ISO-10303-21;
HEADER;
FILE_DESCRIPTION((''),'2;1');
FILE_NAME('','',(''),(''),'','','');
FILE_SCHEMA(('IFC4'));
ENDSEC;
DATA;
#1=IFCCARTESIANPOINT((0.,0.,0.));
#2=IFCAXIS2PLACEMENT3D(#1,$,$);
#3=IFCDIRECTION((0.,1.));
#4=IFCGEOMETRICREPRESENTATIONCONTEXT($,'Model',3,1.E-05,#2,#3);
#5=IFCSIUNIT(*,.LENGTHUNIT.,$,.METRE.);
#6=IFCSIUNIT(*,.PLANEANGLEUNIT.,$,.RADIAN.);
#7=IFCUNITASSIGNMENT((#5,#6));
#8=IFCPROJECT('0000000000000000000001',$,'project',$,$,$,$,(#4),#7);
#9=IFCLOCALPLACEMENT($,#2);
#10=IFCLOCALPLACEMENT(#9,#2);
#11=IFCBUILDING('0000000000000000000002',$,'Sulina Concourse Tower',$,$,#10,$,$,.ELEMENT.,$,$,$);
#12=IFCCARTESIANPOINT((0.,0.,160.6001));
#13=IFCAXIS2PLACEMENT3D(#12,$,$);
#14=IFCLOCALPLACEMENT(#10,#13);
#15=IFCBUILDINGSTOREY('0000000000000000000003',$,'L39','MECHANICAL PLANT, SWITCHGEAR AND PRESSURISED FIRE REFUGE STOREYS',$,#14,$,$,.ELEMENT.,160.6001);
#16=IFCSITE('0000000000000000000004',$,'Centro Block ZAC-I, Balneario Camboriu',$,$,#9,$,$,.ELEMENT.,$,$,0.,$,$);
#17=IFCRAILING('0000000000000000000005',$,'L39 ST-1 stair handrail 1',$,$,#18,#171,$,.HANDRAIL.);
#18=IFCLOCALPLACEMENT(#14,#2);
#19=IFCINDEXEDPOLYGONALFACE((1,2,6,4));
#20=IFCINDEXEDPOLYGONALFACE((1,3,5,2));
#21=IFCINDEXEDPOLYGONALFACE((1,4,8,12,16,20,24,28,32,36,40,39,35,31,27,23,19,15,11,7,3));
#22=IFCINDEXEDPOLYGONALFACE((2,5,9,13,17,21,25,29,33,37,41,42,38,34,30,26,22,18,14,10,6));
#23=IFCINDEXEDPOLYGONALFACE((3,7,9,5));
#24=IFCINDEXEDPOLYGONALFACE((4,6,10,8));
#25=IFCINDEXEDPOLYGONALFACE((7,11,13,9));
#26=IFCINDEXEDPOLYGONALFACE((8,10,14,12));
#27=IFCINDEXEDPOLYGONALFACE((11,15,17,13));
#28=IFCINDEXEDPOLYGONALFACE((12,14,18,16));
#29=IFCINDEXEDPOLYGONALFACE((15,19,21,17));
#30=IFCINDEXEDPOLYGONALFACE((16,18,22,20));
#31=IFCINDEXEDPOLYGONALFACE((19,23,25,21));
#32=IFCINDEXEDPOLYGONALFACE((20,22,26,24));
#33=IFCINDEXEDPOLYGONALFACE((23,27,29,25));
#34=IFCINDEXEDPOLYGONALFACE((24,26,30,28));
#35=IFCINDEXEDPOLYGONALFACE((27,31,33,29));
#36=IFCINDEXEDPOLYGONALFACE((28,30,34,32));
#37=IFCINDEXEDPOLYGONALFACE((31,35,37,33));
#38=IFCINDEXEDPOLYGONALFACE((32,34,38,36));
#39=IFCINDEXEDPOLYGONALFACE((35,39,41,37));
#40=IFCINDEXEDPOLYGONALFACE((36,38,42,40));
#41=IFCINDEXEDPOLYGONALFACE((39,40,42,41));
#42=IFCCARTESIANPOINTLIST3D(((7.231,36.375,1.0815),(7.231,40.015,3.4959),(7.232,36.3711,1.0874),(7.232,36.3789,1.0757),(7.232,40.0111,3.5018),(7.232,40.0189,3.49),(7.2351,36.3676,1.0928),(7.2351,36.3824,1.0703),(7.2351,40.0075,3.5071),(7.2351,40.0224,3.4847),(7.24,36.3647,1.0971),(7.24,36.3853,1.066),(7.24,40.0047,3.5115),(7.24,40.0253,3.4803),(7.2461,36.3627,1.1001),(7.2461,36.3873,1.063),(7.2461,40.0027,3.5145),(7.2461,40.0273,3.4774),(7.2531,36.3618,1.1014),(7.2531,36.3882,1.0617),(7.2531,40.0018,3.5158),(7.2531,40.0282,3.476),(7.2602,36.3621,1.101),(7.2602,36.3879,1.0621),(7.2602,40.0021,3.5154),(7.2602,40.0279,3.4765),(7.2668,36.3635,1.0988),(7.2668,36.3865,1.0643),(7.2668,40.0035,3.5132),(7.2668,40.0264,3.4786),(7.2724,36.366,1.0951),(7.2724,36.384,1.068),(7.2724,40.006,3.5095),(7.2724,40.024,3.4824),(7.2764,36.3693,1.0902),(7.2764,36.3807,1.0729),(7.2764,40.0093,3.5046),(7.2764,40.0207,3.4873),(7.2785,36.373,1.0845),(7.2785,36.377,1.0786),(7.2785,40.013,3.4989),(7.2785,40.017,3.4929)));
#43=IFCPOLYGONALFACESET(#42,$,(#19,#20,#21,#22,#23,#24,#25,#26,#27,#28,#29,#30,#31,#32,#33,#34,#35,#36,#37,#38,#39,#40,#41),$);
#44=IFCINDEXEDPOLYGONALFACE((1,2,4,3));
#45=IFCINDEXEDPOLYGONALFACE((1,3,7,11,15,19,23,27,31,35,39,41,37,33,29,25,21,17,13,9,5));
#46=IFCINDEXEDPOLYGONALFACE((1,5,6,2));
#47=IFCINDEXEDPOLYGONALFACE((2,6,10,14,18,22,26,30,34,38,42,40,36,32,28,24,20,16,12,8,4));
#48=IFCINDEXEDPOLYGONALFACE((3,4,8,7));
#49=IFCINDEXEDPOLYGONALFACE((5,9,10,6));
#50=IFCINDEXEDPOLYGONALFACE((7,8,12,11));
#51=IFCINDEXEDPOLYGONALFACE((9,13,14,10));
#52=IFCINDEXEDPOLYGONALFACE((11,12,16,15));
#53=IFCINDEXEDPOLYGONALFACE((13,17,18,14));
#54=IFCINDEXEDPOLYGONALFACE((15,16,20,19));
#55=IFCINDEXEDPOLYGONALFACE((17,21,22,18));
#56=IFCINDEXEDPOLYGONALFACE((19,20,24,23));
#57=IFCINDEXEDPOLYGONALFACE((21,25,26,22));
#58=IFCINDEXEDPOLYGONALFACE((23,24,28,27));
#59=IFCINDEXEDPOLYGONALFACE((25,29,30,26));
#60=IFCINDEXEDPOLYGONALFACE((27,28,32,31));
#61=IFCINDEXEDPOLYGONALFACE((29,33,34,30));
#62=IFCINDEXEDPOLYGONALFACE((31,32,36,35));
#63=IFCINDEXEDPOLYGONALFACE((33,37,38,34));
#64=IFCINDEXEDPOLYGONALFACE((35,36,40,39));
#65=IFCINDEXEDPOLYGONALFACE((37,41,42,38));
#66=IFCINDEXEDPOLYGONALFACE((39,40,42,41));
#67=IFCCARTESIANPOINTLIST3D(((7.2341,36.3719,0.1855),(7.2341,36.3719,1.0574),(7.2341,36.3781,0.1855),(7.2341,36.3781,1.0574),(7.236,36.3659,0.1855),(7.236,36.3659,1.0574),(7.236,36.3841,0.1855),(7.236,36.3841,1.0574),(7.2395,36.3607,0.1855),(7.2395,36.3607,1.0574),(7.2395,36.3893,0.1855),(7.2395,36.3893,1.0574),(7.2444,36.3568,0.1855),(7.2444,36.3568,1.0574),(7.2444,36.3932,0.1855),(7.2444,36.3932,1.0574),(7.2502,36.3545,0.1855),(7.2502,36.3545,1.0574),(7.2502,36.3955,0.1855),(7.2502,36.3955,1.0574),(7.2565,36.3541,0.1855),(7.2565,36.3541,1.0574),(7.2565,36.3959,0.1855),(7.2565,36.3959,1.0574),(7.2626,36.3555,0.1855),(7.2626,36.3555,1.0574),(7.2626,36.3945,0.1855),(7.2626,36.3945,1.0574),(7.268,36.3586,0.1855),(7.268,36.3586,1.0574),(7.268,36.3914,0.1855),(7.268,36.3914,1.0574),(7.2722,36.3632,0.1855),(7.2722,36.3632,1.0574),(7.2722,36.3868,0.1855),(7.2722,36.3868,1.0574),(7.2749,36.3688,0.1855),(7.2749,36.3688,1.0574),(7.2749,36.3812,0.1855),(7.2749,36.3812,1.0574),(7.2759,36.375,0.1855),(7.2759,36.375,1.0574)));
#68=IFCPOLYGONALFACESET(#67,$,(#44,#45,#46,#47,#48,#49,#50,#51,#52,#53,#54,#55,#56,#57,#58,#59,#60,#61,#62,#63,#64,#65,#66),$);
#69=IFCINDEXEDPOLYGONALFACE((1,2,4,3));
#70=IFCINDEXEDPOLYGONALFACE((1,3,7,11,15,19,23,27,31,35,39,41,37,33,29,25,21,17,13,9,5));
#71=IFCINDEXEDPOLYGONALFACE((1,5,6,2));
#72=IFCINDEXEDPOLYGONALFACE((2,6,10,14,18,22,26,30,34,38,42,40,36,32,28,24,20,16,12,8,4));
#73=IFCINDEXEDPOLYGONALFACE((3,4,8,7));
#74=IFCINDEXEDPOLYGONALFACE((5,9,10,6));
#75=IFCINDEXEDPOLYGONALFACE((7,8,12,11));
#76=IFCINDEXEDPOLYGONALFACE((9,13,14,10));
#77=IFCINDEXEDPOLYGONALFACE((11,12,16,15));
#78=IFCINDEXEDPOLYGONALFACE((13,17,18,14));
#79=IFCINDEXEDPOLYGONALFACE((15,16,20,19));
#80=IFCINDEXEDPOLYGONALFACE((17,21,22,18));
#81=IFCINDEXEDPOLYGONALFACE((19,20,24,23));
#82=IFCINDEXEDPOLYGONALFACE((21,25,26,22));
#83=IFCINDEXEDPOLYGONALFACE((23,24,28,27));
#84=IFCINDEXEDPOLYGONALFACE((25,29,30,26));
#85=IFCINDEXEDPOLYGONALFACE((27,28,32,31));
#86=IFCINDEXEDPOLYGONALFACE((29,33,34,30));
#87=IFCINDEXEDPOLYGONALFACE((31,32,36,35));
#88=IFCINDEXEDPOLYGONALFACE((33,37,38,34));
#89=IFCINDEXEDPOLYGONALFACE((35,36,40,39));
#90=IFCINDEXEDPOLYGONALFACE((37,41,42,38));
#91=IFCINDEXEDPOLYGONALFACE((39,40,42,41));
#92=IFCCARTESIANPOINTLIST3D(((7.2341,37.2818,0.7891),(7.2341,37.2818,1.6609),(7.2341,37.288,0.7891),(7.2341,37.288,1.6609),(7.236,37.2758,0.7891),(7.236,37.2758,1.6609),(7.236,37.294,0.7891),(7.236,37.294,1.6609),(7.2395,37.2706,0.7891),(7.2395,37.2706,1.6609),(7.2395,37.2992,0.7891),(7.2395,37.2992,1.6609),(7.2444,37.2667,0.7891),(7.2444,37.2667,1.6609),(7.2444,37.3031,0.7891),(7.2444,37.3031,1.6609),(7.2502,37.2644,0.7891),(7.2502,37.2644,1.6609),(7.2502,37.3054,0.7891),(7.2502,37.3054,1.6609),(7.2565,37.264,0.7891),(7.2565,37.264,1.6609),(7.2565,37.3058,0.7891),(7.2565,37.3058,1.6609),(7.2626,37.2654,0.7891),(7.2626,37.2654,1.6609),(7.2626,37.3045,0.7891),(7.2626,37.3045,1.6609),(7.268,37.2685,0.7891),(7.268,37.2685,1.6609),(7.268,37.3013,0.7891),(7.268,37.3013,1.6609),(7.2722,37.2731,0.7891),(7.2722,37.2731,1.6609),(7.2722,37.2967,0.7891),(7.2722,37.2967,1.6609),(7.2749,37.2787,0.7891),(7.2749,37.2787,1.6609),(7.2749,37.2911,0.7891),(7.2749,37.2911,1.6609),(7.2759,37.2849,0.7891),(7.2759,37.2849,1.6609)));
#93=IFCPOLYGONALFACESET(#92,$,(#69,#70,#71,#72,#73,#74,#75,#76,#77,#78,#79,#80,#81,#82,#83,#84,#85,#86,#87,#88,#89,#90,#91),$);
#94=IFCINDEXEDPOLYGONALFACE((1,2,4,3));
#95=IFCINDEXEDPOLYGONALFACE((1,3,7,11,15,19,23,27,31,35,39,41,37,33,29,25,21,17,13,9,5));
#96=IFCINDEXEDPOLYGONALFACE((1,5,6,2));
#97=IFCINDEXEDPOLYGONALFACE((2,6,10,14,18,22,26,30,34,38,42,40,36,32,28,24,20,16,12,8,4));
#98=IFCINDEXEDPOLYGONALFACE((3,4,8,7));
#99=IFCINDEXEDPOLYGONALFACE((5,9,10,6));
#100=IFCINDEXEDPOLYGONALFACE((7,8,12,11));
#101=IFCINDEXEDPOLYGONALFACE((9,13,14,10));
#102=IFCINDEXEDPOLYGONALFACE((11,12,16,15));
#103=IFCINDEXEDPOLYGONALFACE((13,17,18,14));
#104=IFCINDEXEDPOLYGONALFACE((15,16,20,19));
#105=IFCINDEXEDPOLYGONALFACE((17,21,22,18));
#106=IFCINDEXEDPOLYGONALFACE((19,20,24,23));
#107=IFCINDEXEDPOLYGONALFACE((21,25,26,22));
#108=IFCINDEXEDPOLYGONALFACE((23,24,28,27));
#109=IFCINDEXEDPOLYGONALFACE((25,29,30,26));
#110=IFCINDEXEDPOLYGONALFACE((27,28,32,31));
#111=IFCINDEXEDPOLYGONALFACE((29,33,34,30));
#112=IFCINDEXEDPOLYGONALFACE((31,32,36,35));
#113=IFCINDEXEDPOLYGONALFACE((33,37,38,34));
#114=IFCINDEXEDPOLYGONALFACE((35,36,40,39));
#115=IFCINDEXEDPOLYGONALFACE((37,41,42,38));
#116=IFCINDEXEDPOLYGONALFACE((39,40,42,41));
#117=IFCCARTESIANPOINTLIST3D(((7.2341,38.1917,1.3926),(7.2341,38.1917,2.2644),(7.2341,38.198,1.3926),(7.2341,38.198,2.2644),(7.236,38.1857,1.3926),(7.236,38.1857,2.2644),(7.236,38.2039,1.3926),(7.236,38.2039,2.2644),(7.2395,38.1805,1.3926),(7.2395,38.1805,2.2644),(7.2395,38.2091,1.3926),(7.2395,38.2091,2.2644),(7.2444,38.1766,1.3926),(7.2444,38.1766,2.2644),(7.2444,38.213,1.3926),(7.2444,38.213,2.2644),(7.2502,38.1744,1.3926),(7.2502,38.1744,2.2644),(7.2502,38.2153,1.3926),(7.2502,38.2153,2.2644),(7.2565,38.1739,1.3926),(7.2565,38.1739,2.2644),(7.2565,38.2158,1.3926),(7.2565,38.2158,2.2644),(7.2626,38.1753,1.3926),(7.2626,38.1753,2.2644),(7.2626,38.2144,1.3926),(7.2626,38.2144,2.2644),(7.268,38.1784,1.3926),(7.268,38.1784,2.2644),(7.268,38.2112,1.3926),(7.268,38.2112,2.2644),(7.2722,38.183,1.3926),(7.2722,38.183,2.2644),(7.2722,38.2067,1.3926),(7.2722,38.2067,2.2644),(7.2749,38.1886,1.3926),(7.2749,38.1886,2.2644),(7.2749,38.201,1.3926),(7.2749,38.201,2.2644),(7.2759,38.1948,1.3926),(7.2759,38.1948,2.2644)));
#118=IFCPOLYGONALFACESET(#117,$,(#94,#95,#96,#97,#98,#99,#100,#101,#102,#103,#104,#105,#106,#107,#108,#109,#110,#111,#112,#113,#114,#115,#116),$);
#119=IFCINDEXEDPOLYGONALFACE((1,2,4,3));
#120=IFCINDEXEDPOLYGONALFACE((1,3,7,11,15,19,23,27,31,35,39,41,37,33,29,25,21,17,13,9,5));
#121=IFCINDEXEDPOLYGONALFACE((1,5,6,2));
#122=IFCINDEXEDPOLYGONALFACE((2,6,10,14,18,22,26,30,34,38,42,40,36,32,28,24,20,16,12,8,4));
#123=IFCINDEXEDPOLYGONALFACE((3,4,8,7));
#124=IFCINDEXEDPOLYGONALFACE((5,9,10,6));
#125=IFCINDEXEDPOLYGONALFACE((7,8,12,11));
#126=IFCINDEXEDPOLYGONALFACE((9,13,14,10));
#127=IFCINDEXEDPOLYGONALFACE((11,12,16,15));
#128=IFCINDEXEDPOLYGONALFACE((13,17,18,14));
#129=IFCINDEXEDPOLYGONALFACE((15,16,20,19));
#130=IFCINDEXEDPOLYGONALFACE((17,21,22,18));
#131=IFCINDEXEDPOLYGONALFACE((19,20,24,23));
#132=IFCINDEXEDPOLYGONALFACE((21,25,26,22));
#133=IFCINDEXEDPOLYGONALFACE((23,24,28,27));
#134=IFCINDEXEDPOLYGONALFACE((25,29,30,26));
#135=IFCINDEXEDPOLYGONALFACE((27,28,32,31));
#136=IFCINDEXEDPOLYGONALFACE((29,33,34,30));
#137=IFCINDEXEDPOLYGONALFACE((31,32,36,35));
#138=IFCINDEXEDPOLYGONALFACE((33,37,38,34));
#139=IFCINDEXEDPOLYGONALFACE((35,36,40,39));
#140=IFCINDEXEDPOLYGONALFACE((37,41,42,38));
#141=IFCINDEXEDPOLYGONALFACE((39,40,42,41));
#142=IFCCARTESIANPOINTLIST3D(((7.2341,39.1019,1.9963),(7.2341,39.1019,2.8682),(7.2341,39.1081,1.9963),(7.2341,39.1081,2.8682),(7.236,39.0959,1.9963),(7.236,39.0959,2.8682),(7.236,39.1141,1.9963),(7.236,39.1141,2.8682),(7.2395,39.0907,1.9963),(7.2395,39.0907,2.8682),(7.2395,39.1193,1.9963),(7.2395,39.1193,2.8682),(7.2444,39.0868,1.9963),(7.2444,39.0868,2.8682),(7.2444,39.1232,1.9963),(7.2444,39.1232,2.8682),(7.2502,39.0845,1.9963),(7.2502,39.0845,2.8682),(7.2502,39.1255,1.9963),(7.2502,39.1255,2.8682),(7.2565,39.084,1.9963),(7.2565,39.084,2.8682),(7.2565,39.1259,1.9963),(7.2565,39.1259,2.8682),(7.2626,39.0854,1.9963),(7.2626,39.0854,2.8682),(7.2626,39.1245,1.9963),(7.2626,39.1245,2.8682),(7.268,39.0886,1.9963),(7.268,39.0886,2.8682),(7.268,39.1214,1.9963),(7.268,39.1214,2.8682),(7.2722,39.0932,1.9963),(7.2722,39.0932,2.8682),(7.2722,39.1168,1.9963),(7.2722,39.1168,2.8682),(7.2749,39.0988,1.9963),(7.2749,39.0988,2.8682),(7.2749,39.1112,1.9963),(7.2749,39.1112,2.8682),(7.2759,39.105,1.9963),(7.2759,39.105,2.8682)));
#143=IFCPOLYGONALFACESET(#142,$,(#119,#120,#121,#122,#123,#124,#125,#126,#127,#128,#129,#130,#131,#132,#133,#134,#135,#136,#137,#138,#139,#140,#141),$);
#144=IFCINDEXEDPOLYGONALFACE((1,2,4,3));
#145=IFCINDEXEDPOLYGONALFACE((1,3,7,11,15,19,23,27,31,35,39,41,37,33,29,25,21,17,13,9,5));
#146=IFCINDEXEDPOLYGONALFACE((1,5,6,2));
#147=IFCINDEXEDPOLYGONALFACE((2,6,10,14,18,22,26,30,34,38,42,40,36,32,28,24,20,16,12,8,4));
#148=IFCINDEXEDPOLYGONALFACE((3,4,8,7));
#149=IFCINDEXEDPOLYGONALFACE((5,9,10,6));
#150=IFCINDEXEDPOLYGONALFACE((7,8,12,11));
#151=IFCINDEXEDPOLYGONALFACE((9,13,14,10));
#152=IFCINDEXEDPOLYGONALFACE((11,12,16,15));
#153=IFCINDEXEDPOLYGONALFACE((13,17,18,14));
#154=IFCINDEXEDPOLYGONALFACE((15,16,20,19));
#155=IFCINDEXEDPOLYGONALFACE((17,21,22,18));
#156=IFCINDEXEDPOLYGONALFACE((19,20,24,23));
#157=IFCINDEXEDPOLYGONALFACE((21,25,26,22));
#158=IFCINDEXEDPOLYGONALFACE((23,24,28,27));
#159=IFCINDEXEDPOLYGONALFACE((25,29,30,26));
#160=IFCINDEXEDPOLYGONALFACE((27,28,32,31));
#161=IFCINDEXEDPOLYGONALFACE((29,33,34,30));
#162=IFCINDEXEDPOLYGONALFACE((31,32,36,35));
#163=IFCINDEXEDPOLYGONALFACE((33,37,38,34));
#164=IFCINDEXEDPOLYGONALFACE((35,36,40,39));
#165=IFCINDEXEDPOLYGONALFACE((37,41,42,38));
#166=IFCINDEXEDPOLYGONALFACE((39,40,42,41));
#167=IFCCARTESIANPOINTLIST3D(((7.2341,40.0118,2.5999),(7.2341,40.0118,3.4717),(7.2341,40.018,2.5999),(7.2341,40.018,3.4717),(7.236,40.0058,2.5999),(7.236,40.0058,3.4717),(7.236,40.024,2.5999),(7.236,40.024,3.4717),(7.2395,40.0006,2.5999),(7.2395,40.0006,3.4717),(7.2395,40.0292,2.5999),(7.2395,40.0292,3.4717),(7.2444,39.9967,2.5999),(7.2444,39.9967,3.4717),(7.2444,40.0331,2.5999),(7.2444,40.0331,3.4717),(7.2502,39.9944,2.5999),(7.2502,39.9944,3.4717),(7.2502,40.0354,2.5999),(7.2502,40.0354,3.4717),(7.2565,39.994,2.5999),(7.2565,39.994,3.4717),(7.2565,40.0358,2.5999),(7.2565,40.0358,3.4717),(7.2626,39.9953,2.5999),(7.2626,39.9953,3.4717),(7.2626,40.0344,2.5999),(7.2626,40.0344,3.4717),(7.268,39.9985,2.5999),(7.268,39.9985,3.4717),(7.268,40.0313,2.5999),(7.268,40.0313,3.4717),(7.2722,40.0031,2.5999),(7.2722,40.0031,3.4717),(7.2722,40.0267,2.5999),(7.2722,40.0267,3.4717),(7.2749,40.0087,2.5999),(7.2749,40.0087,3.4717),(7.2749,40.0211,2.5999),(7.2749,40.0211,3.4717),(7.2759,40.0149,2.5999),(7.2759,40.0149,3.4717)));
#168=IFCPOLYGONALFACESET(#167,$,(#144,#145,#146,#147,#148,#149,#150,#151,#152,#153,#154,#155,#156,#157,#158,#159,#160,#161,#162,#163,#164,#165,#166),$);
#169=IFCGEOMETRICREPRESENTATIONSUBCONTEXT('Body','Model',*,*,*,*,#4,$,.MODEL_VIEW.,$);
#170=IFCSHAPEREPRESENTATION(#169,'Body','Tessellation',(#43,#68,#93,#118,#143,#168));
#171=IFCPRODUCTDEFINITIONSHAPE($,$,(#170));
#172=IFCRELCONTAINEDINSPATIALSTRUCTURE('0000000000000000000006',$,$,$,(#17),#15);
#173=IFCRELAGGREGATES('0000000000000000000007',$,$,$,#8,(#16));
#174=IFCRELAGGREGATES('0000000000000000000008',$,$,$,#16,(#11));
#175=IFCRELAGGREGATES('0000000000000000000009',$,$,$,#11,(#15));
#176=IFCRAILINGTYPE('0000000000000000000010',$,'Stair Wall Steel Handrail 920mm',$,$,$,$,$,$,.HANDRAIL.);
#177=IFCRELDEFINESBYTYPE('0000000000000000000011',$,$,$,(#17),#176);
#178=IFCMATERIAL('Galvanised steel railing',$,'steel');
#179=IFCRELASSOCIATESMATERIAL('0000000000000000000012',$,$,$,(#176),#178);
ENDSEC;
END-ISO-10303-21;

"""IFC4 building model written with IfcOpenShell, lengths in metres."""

from ifc_helpers import new_model, si_unit, direction, frame, origin, origin_2d, place, context, subcontext, project, spatial, circle, extrude, material, type_object, element, save


model = new_model("IFC4")

# Units and contexts
model_context = context("Model", 3, precision=1e-05, world=origin(), true_north=direction((0.0, 1.0)))
body_context = subcontext(model_context, "Body", "Model", "MODEL_VIEW")
ifc_project = project(units=[si_unit("LENGTHUNIT", "METRE"), si_unit("PLANEANGLEUNIT", "RADIAN")], contexts=[model_context])

# Site, building, storey
site_placement = place(None, origin())
site = spatial("IfcSite", under=ifc_project, at=site_placement, Name="Centro Block ZAC-I, Balneario Camboriu", CompositionType="ELEMENT", RefElevation=0.0)
building_placement = place(site_placement, origin())
building = spatial("IfcBuilding", under=site, at=building_placement, Name="Sulina Concourse Tower", CompositionType="ELEMENT")
storey_placement = place(building_placement, frame((0.0, 0.0, 160.6001)))
storey = spatial("IfcBuildingStorey", under=building, at=storey_placement, Name="L39", Description="MECHANICAL PLANT, SWITCHGEAR AND PRESSURISED FIRE REFUGE STOREYS", CompositionType="ELEMENT", Elevation=160.6001)

# Railing
ifc_material_1 = material(Name="Galvanised steel railing", Category="steel")
railing_type_1 = type_object("IfcRailingType", Name="Stair Wall Steel Handrail 920mm", PredefinedType="HANDRAIL", material=ifc_material_1)
railing_1_placement = place(storey_placement, frame((7.2549, 36.375, 0.1855)))
element("IfcRailing", 1, at=railing_1_placement, inside=storey, type_object=railing_type_1, Name="L39 ST-1 stair handrail 1", PredefinedType="HANDRAIL", context=body_context, shape_type="SweptSolid", body=[
    extrude(circle(Radius=0.0239, at=origin_2d()), frame((0.0, 0.0, 0.896), z_axis=(0.0, 0.833347, 0.552751), x_axis=(-1.0, 0.0, 0.0)), (0.0, 0.0, 1.0), 4.3679),
    extrude(circle(Radius=0.021, at=origin_2d()), origin(), (0.0, 0.0, 1.0), 0.8718),
    extrude(circle(Radius=0.021, at=origin_2d()), frame((0.0, 0.9099, 0.6035)), (0.0, 0.0, 1.0), 0.8718),
    extrude(circle(Radius=0.021, at=origin_2d()), frame((0.0, 1.8198, 1.207)), (0.0, 0.0, 1.0), 0.8718),
    extrude(circle(Radius=0.021, at=origin_2d()), frame((0.0, 2.73, 1.8108)), (0.0, 0.0, 1.0), 0.8718),
    extrude(circle(Radius=0.021, at=origin_2d()), frame((0.0, 3.6399, 2.4143)), (0.0, 0.0, 1.0), 0.8718),
])

save(model, "model.ifc")
